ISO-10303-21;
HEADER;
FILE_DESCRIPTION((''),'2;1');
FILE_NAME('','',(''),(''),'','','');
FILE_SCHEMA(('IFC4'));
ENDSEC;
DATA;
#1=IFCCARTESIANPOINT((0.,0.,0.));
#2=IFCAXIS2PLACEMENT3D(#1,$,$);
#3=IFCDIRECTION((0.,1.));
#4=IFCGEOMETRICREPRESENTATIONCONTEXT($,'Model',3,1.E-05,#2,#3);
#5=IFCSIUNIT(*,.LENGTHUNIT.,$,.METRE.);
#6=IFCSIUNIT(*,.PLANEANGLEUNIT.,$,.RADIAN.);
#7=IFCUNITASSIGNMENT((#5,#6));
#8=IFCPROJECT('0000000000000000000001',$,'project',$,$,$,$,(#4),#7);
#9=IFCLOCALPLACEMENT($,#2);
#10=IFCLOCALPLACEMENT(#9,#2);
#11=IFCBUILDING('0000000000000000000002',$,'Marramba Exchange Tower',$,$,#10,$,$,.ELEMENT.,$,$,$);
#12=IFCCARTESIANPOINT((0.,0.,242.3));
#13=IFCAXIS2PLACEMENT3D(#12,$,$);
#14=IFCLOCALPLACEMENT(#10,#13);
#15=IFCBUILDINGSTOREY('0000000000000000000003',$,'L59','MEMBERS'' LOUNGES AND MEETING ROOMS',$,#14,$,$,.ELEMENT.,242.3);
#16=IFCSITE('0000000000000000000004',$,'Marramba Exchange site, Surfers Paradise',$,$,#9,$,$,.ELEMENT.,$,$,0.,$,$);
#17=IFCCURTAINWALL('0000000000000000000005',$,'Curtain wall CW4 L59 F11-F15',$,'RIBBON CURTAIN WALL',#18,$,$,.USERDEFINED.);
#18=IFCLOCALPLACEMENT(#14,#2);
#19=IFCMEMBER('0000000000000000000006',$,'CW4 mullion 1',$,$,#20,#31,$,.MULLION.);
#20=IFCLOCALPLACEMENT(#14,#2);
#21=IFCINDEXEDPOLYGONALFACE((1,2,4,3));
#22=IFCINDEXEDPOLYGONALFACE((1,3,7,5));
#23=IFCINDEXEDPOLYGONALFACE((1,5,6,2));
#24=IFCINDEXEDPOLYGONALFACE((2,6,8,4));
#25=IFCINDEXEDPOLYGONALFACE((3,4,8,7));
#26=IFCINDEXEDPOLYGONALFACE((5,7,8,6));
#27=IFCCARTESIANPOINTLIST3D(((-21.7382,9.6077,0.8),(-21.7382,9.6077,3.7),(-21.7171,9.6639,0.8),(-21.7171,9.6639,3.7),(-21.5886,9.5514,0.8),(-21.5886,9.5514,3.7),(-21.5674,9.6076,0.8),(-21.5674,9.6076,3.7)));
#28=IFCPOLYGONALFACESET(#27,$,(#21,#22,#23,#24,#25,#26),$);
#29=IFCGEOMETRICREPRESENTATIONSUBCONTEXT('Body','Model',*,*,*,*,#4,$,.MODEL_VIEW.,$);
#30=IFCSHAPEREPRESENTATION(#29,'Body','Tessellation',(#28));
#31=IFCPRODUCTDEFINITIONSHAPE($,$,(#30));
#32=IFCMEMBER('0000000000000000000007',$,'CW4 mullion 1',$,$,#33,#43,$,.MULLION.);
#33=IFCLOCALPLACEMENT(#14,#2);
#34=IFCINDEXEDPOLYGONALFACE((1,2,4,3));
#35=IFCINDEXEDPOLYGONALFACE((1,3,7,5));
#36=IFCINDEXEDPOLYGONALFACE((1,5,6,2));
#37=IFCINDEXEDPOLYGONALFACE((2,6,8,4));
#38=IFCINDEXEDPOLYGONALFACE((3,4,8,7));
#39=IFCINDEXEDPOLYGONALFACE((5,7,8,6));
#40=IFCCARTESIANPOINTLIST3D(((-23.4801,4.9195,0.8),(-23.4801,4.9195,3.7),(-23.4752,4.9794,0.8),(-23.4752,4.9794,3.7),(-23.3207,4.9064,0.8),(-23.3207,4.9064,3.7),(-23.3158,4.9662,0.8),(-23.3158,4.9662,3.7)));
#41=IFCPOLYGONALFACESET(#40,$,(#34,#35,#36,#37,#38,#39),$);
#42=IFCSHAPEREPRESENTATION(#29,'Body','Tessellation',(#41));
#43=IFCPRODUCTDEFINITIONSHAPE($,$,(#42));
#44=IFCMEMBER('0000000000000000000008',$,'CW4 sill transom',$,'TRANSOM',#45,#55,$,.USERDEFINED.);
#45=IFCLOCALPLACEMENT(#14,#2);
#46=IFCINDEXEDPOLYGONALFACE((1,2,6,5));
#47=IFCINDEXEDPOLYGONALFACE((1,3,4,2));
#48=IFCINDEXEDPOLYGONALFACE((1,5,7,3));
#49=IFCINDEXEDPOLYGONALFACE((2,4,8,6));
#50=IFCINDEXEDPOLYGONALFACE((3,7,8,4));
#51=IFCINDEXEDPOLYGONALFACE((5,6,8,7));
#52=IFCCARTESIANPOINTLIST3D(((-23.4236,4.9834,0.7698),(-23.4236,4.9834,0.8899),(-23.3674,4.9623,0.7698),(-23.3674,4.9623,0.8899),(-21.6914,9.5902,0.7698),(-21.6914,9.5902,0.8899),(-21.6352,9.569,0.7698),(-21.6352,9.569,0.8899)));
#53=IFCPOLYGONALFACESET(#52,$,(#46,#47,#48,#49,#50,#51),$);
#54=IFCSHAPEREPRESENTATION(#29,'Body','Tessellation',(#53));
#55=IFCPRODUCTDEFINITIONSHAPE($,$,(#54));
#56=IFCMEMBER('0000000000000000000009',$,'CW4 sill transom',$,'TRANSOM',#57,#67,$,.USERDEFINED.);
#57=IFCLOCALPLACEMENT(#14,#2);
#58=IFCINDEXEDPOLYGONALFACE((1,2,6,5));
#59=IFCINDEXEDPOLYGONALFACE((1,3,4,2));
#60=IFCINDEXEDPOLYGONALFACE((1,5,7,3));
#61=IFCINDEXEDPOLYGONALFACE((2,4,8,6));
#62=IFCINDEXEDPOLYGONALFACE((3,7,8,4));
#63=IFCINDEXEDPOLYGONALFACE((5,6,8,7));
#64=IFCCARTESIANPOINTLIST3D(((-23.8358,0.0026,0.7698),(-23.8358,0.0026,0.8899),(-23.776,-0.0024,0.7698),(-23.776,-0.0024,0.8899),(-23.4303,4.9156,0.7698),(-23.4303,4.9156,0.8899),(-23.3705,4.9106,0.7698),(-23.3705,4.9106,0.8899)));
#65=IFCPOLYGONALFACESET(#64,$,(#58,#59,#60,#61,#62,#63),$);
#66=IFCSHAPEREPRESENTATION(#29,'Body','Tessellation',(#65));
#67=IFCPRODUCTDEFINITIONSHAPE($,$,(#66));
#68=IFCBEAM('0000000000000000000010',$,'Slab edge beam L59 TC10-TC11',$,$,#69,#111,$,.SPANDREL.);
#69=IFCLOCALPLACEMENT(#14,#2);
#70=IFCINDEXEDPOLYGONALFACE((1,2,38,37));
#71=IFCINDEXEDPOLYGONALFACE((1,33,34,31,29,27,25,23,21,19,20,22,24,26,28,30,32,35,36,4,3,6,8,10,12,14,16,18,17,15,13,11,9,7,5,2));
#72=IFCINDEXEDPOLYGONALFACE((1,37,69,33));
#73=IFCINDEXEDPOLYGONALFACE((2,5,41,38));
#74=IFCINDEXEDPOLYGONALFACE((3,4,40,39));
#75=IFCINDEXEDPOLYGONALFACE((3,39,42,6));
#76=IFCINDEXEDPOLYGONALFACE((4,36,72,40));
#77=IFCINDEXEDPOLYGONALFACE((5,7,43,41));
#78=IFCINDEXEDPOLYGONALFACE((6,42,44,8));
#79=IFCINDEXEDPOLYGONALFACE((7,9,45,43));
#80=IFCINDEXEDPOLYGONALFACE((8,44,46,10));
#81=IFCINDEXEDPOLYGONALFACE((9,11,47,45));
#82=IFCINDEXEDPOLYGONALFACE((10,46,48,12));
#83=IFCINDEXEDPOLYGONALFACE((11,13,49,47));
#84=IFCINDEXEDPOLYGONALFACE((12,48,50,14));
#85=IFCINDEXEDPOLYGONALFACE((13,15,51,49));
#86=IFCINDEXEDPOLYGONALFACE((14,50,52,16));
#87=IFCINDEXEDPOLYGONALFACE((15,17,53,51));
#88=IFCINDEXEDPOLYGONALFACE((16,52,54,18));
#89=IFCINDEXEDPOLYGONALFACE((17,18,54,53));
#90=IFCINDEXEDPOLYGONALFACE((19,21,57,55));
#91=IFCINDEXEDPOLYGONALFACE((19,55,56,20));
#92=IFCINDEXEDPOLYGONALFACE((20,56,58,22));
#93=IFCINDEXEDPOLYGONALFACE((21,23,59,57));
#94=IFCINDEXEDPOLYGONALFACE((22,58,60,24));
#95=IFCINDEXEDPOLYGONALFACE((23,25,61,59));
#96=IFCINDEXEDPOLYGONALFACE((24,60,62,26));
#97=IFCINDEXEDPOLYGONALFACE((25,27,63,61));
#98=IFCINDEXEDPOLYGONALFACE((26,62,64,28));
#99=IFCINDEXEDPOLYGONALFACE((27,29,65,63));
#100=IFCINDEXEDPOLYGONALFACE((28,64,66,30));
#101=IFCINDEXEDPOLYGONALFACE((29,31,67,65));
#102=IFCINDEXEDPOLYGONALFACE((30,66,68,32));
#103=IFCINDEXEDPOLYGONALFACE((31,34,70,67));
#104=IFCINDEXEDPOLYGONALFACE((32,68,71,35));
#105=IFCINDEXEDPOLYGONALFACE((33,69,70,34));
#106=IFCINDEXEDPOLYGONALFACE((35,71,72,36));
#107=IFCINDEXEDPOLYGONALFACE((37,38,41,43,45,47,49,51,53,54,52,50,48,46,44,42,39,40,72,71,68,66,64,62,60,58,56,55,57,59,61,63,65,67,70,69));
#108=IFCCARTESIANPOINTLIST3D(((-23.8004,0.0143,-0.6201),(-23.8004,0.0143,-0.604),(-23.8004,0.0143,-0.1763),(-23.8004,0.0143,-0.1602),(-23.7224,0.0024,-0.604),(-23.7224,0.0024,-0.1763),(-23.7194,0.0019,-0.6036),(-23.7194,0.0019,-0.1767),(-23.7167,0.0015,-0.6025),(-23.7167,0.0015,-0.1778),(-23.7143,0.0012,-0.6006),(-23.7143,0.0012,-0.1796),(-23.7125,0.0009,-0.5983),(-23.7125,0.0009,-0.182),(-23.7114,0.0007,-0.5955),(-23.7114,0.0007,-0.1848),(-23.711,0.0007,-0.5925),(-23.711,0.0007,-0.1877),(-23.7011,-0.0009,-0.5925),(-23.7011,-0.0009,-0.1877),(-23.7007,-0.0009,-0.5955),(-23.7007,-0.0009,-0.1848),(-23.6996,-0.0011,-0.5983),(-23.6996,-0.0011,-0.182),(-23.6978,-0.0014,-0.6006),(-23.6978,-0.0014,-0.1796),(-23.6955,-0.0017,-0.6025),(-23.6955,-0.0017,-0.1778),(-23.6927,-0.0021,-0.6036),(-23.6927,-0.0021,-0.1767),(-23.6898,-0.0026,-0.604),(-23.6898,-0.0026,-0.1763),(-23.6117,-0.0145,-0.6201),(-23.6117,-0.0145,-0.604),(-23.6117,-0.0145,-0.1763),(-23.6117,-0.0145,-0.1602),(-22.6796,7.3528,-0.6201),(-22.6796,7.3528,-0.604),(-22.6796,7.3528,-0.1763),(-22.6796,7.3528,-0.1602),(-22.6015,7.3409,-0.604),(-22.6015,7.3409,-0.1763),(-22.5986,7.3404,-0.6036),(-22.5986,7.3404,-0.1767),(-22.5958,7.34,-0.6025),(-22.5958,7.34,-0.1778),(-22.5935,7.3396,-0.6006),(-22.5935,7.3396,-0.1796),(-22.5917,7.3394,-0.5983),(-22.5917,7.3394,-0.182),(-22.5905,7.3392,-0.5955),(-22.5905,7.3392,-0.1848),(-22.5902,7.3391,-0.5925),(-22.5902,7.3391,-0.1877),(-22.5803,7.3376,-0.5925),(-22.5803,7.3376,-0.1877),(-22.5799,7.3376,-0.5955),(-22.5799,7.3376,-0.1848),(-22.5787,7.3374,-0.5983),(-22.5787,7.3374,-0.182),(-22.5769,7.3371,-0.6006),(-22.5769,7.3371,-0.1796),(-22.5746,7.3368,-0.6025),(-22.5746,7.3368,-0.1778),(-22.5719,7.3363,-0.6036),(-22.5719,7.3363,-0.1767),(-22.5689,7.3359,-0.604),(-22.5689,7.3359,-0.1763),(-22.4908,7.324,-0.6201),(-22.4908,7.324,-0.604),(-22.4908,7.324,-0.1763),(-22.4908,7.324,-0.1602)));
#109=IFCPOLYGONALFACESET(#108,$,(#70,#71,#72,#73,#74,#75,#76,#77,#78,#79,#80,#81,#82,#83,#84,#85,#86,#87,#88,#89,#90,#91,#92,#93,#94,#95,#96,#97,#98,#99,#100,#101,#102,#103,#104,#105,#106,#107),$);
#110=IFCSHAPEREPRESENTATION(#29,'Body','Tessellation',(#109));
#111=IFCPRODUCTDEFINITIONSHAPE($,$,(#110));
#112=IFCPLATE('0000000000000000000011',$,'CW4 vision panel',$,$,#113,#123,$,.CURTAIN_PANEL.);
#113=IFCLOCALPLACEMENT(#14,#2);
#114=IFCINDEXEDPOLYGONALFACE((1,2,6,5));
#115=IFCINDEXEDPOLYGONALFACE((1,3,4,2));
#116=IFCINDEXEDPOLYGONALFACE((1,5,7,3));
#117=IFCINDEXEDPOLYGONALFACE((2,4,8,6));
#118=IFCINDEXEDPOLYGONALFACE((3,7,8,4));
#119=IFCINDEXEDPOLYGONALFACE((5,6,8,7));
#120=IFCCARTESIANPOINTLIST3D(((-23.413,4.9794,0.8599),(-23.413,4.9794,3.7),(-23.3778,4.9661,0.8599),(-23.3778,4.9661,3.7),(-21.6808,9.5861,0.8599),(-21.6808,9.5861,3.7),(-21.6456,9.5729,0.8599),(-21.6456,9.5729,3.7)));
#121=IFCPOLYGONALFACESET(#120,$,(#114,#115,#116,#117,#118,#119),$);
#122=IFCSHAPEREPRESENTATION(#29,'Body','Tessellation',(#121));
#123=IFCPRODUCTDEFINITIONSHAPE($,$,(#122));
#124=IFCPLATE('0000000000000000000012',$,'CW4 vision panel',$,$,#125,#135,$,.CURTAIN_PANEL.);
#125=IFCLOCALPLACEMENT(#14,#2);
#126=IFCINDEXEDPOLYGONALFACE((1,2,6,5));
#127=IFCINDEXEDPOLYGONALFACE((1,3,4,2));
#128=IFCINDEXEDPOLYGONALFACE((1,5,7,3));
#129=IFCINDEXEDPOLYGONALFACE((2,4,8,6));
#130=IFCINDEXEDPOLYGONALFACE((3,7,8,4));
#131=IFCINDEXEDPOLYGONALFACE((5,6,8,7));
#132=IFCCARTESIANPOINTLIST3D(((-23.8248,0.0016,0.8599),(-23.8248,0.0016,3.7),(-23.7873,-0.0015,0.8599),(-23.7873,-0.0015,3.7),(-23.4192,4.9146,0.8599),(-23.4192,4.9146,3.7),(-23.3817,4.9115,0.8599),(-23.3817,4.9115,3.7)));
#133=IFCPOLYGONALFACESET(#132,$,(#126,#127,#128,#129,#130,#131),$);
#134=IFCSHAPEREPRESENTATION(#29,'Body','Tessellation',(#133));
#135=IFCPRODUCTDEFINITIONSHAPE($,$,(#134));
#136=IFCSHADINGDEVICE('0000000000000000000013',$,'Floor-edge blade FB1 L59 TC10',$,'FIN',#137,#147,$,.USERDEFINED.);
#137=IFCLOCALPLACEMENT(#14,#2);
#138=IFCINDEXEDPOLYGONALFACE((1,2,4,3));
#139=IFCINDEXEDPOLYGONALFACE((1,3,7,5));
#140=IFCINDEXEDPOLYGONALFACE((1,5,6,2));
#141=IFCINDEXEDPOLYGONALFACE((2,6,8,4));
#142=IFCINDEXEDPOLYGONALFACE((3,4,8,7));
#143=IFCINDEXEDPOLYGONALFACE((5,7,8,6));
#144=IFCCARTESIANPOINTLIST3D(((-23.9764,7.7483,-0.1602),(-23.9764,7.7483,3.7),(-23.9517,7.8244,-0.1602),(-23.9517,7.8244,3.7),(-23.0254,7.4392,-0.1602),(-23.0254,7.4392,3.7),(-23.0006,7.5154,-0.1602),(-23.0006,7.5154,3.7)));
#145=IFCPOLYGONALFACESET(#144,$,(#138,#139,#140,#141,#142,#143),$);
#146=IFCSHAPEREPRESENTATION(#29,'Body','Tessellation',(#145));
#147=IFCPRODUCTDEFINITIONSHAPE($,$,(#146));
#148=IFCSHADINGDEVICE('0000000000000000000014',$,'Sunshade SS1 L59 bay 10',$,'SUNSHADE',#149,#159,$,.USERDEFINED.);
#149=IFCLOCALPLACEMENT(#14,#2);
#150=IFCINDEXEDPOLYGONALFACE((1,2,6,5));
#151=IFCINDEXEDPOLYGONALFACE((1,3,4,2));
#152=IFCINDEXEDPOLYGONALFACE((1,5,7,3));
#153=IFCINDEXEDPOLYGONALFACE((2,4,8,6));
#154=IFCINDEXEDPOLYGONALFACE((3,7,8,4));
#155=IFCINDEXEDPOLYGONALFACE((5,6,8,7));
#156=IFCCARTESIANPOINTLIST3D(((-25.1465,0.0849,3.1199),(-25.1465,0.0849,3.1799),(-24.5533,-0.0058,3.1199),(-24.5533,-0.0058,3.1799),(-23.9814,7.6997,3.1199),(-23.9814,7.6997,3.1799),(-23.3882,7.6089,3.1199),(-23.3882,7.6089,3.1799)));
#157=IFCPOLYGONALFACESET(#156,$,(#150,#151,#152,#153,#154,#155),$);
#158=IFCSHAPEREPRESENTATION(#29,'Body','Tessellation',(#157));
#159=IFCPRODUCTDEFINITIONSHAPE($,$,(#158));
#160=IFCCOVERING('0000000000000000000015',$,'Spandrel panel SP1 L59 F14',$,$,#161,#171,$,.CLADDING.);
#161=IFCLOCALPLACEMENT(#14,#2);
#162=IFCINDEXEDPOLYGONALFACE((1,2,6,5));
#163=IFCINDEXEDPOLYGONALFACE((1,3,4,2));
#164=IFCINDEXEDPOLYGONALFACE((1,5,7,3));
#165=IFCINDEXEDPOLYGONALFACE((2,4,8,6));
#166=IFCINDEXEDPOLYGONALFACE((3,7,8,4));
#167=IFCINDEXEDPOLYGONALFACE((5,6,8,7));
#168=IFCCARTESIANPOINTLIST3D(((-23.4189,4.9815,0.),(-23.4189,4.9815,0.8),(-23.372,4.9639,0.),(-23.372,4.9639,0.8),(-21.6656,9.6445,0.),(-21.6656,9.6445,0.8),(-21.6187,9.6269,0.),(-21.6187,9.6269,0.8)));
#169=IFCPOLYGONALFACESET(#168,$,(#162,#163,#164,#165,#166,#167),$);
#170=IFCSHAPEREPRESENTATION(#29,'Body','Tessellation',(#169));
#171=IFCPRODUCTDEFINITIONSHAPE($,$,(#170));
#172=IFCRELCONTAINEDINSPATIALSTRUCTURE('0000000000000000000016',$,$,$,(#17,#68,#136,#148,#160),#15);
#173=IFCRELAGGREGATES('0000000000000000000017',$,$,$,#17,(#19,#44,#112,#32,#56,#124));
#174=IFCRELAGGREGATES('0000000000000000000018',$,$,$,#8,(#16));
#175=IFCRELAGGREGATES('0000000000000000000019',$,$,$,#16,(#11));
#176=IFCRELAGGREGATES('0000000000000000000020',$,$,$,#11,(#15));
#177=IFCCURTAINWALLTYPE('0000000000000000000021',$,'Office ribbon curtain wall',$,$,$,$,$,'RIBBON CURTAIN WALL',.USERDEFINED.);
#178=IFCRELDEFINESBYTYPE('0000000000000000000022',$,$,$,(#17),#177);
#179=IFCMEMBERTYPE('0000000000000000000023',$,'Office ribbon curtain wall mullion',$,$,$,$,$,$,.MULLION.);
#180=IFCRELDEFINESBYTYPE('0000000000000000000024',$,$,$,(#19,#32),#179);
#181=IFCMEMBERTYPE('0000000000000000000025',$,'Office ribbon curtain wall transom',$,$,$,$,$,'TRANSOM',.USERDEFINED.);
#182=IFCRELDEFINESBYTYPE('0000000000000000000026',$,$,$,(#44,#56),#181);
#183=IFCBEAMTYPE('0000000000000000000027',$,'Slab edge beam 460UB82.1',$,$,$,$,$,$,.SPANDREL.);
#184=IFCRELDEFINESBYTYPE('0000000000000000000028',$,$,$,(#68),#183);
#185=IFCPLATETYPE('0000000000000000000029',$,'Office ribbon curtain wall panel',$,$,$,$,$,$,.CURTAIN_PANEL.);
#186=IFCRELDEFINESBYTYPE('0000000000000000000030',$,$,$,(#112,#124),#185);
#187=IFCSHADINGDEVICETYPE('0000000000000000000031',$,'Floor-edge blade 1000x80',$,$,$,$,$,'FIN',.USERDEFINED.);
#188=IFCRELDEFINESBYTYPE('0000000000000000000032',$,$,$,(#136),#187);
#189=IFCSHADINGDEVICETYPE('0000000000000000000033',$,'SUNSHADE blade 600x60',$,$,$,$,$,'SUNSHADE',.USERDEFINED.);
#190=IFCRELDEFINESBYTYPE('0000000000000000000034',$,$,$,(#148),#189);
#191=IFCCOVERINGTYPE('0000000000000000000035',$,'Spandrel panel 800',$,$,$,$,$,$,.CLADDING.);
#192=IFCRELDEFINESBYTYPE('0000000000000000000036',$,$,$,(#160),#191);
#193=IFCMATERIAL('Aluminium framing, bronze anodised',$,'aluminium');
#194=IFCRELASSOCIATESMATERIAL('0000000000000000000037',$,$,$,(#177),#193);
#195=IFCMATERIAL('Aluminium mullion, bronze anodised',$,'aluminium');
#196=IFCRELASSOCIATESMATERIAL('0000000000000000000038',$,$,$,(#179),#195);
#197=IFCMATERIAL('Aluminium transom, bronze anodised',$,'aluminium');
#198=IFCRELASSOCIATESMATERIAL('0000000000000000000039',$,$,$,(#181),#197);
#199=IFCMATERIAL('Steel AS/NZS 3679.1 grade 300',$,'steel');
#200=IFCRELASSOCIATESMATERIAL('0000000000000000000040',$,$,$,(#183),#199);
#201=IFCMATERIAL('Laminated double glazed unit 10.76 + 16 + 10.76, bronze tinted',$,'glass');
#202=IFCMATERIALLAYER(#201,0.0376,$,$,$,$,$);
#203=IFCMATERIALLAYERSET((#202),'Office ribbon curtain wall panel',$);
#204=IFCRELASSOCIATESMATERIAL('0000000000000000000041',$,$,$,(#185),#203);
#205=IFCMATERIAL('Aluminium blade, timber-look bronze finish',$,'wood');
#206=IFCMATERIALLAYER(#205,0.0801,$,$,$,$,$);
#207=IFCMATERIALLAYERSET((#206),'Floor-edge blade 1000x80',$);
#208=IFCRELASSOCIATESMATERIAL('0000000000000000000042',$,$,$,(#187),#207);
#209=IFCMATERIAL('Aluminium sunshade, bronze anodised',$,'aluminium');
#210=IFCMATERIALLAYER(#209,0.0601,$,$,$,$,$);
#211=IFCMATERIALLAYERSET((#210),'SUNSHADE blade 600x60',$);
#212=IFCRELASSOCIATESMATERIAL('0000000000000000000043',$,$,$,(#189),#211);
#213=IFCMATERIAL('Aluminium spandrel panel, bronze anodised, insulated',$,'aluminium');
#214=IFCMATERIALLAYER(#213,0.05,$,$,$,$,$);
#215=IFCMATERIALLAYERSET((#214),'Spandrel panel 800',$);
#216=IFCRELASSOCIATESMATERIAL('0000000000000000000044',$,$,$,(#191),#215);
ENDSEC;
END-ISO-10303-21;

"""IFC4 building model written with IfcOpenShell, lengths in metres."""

from ifc_helpers import new_model, si_unit, direction, frame, origin, origin_2d, place, context, subcontext, project, spatial, rectangle, i_section, extrude, material, layer, layer_set, material_profile, profile_set, type_object, element, aggregate, save


model = new_model("IFC4")

# Units and contexts
model_context = context("Model", 3, precision=1e-05, world=origin(), true_north=direction((0.0, 1.0)))
body_context = subcontext(model_context, "Body", "Model", "MODEL_VIEW")
ifc_project = project(units=[si_unit("LENGTHUNIT", "METRE"), si_unit("PLANEANGLEUNIT", "RADIAN")], contexts=[model_context])

# Site, building, storey
site_placement = place(None, origin())
site = spatial("IfcSite", under=ifc_project, at=site_placement, Name="Marramba Exchange site, Surfers Paradise", CompositionType="ELEMENT", RefElevation=0.0)
building_placement = place(site_placement, origin())
building = spatial("IfcBuilding", under=site, at=building_placement, Name="Marramba Exchange Tower", CompositionType="ELEMENT")
storey_placement = place(building_placement, frame((0.0, 0.0, 242.3)))
storey = spatial("IfcBuildingStorey", under=building, at=storey_placement, Name="L59", Description="MEMBERS' LOUNGES AND MEETING ROOMS", CompositionType="ELEMENT", Elevation=242.3)

# Curtain wall, members
ifc_material_1 = material(Name="Aluminium framing, bronze anodised", Category="aluminium")
curtain_wall_type = type_object("IfcCurtainWallType", Name="Office ribbon curtain wall", ElementType="RIBBON CURTAIN WALL", PredefinedType="USERDEFINED", material=ifc_material_1)
curtain_wall_placement = place(storey_placement, origin())
curtain_wall = element("IfcCurtainWall", 1, at=curtain_wall_placement, inside=storey, type_object=curtain_wall_type, Name="Curtain wall CW4 L59 F11-F15", ObjectType="RIBBON CURTAIN WALL", PredefinedType="USERDEFINED")
ifc_material_2 = material(Name="Aluminium mullion, bronze anodised", Category="aluminium")
ifc_material_profile_1 = material_profile(ifc_material_2, rectangle(XDim=0.1599, YDim=0.0601, at=origin_2d()), Name="CW4 mullion 60x160")
ifc_profile_set_1 = profile_set([ifc_material_profile_1], Name="Aluminium mullion, bronze anodised")
member_type_1 = type_object("IfcMemberType", Name="Office ribbon curtain wall mullion", PredefinedType="MULLION", material=ifc_profile_set_1)
member_1_placement = place(storey_placement, frame((-21.6528, 9.6077, 0.8), z_axis=(0.0, 0.0, 1.0), x_axis=(0.936018, -0.351952, 0.0)))
member_1 = element("IfcMember", 2, at=member_1_placement, type_object=member_type_1, Name="CW4 mullion 1", PredefinedType="MULLION", context=body_context, shape_type="SweptSolid", body=[
    extrude(rectangle(XDim=0.1599, YDim=0.0601, at=origin_2d()), origin(), (0.0, 0.0, 1.0), 2.8999),
])
member_2_placement = place(storey_placement, frame((-23.3979, 4.9429, 0.8), z_axis=(0.0, 0.0, 1.0), x_axis=(0.996609, -0.082281, 0.0)))
member_2 = element("IfcMember", 3, at=member_2_placement, type_object=member_type_1, Name="CW4 mullion 1", PredefinedType="MULLION", context=body_context, shape_type="SweptSolid", body=[
    extrude(rectangle(XDim=0.1599, YDim=0.0601, at=origin_2d()), origin(), (0.0, 0.0, 1.0), 2.8999),
])
ifc_material_3 = material(Name="Aluminium transom, bronze anodised", Category="aluminium")
ifc_material_profile_2 = material_profile(ifc_material_3, rectangle(XDim=0.0601, YDim=0.1201, at=origin_2d()), Name="CW4 transom 60x120")
ifc_profile_set_2 = profile_set([ifc_material_profile_2], Name="Aluminium transom, bronze anodised")
member_type_2 = type_object("IfcMemberType", Name="Office ribbon curtain wall transom", ElementType="TRANSOM", PredefinedType="USERDEFINED", material=ifc_profile_set_2)
member_3_placement = place(storey_placement, frame((-21.6633, 9.5796, 0.8298), z_axis=(-0.351955, -0.936017, 0.0), x_axis=(0.936017, -0.351955, 0.0)))
member_3 = element("IfcMember", 4, at=member_3_placement, type_object=member_type_2, Name="CW4 sill transom", ObjectType="TRANSOM", PredefinedType="USERDEFINED", context=body_context, shape_type="SweptSolid", body=[
    extrude(rectangle(XDim=0.0601, YDim=0.1201, at=origin_2d()), origin(), (0.0, 0.0, 1.0), 4.9216),
])
member_4_placement = place(storey_placement, frame((-23.4004, 4.9131, 0.8298), z_axis=(-0.082259, -0.996611, 0.0), x_axis=(0.996611, -0.082259, 0.0)))
member_4 = element("IfcMember", 5, at=member_4_placement, type_object=member_type_2, Name="CW4 sill transom", ObjectType="TRANSOM", PredefinedType="USERDEFINED", context=body_context, shape_type="SweptSolid", body=[
    extrude(rectangle(XDim=0.0601, YDim=0.1201, at=origin_2d()), origin(), (0.0, 0.0, 1.0), 4.9297),
])

# Beam
ifc_material_4 = material(Name="Steel AS/NZS 3679.1 grade 300", Category="steel")
ifc_material_profile_3 = material_profile(ifc_material_4, i_section(OverallWidth=0.1909, OverallDepth=0.46, WebThickness=0.01, FlangeThickness=0.0161, FilletRadius=0.0115, at=origin_2d()), Name="460UB82.1")
ifc_profile_set_3 = profile_set([ifc_material_profile_3], Name="Steel AS/NZS 3679.1 grade 300")
beam_type = type_object("IfcBeamType", Name="Slab edge beam 460UB82.1", PredefinedType="SPANDREL", material=ifc_profile_set_3)
beam_placement = place(storey_placement, frame((-22.5852, 7.3384, -0.3901), z_axis=(-0.150987, -0.988536, 0.0), x_axis=(0.988536, -0.150987, 0.0)))
element("IfcBeam", 6, at=beam_placement, inside=storey, type_object=beam_type, Name="Slab edge beam L59 TC10-TC11", PredefinedType="SPANDREL", context=body_context, shape_type="SweptSolid", body=[
    extrude(i_section(OverallWidth=0.1909, OverallDepth=0.46, WebThickness=0.01, FlangeThickness=0.0161, FilletRadius=0.0115, at=origin_2d()), origin(), (0.0, 0.0, 1.0), 7.4236),
])

# Plates
ifc_material_5 = material(Name="Laminated double glazed unit 10.76 + 16 + 10.76, bronze tinted", Category="glass")
ifc_layer_1 = layer(ifc_material_5, 0.0376)
ifc_layer_set_1 = layer_set([ifc_layer_1], Name="Office ribbon curtain wall panel")
plate_type = type_object("IfcPlateType", Name="Office ribbon curtain wall panel", PredefinedType="CURTAIN_PANEL", material=ifc_layer_set_1)
plate_1_placement = place(storey_placement, frame((-22.5293, 7.2761, 0.8599), z_axis=(0.0, 0.0, 1.0), x_axis=(-0.351952, -0.936018, 0.0)))
plate_1 = element("IfcPlate", 7, at=plate_1_placement, type_object=plate_type, Name="CW4 vision panel", PredefinedType="CURTAIN_PANEL", context=body_context, shape_type="SweptSolid", body=[
    extrude(rectangle(XDim=4.9216, YDim=0.0376, at=origin_2d()), origin(), (0.0, 0.0, 1.0), 2.8401),
])
plate_2_placement = place(storey_placement, frame((-23.6033, 2.4565, 0.8599), z_axis=(0.0, 0.0, 1.0), x_axis=(-0.082281, -0.996609, 0.0)))
plate_2 = element("IfcPlate", 8, at=plate_2_placement, type_object=plate_type, Name="CW4 vision panel", PredefinedType="CURTAIN_PANEL", context=body_context, shape_type="SweptSolid", body=[
    extrude(rectangle(XDim=4.9297, YDim=0.0376, at=origin_2d()), origin(), (0.0, 0.0, 1.0), 2.8401),
])
aggregate(curtain_wall, [member_1, member_3, plate_1, member_2, member_4, plate_2])

# Shading devices
ifc_material_6 = material(Name="Aluminium blade, timber-look bronze finish", Category="wood")
ifc_layer_2 = layer(ifc_material_6, 0.0801)
ifc_layer_set_2 = layer_set([ifc_layer_2], Name="Floor-edge blade 1000x80")
shading_device_type_1 = type_object("IfcShadingDeviceType", Name="Floor-edge blade 1000x80", ElementType="FIN", PredefinedType="USERDEFINED", material=ifc_layer_set_2)
shading_device_1_placement = place(storey_placement, frame((-23.4885, 7.6318, -0.1602), z_axis=(0.0, 0.0, 1.0), x_axis=(-0.951057, 0.309017, 0.0)))
element("IfcShadingDevice", 9, at=shading_device_1_placement, inside=storey, type_object=shading_device_type_1, Name="Floor-edge blade FB1 L59 TC10", ObjectType="FIN", PredefinedType="USERDEFINED", context=body_context, shape_type="SweptSolid", body=[
    extrude(rectangle(XDim=1.0, YDim=0.0801, at=origin_2d()), origin(), (0.0, 0.0, 1.0), 3.8601),
])
ifc_material_7 = material(Name="Aluminium sunshade, bronze anodised", Category="aluminium")
ifc_layer_3 = layer(ifc_material_7, 0.0601)
ifc_layer_set_3 = layer_set([ifc_layer_3], Name="SUNSHADE blade 600x60")
shading_device_type_2 = type_object("IfcShadingDeviceType", Name="SUNSHADE blade 600x60", ElementType="SUNSHADE", PredefinedType="USERDEFINED", material=ifc_layer_set_3)
shading_device_2_placement = place(storey_placement, frame((-24.2673, 3.8469, 3.1199), z_axis=(0.0, 0.0, 1.0), x_axis=(-0.151241, -0.988497, 0.0)))
element("IfcShadingDevice", 10, at=shading_device_2_placement, inside=storey, type_object=shading_device_type_2, Name="Sunshade SS1 L59 bay 10", ObjectType="SUNSHADE", PredefinedType="USERDEFINED", context=body_context, shape_type="SweptSolid", body=[
    extrude(rectangle(XDim=7.7034, YDim=0.6001, at=origin_2d()), origin(), (0.0, 0.0, 1.0), 0.0601),
])

# Covering
ifc_material_8 = material(Name="Aluminium spandrel panel, bronze anodised, insulated", Category="aluminium")
ifc_layer_4 = layer(ifc_material_8, 0.05)
ifc_layer_set_4 = layer_set([ifc_layer_4], Name="Spandrel panel 800")
covering_type = type_object("IfcCoveringType", Name="Spandrel panel 800", PredefinedType="CLADDING", material=ifc_layer_set_4)
covering_1_placement = place(storey_placement, frame((-22.5188, 7.3042, 0.0), z_axis=(0.0, 0.0, 1.0), x_axis=(-0.351952, -0.936018, 0.0)))
element("IfcCovering", 11, at=covering_1_placement, inside=storey, type_object=covering_type, Name="Spandrel panel SP1 L59 F14", PredefinedType="CLADDING", context=body_context, shape_type="SweptSolid", body=[
    extrude(rectangle(XDim=4.9817, YDim=0.05, at=origin_2d()), origin(), (0.0, 0.0, 1.0), 0.8),
])

save(model, "model.ifc")
